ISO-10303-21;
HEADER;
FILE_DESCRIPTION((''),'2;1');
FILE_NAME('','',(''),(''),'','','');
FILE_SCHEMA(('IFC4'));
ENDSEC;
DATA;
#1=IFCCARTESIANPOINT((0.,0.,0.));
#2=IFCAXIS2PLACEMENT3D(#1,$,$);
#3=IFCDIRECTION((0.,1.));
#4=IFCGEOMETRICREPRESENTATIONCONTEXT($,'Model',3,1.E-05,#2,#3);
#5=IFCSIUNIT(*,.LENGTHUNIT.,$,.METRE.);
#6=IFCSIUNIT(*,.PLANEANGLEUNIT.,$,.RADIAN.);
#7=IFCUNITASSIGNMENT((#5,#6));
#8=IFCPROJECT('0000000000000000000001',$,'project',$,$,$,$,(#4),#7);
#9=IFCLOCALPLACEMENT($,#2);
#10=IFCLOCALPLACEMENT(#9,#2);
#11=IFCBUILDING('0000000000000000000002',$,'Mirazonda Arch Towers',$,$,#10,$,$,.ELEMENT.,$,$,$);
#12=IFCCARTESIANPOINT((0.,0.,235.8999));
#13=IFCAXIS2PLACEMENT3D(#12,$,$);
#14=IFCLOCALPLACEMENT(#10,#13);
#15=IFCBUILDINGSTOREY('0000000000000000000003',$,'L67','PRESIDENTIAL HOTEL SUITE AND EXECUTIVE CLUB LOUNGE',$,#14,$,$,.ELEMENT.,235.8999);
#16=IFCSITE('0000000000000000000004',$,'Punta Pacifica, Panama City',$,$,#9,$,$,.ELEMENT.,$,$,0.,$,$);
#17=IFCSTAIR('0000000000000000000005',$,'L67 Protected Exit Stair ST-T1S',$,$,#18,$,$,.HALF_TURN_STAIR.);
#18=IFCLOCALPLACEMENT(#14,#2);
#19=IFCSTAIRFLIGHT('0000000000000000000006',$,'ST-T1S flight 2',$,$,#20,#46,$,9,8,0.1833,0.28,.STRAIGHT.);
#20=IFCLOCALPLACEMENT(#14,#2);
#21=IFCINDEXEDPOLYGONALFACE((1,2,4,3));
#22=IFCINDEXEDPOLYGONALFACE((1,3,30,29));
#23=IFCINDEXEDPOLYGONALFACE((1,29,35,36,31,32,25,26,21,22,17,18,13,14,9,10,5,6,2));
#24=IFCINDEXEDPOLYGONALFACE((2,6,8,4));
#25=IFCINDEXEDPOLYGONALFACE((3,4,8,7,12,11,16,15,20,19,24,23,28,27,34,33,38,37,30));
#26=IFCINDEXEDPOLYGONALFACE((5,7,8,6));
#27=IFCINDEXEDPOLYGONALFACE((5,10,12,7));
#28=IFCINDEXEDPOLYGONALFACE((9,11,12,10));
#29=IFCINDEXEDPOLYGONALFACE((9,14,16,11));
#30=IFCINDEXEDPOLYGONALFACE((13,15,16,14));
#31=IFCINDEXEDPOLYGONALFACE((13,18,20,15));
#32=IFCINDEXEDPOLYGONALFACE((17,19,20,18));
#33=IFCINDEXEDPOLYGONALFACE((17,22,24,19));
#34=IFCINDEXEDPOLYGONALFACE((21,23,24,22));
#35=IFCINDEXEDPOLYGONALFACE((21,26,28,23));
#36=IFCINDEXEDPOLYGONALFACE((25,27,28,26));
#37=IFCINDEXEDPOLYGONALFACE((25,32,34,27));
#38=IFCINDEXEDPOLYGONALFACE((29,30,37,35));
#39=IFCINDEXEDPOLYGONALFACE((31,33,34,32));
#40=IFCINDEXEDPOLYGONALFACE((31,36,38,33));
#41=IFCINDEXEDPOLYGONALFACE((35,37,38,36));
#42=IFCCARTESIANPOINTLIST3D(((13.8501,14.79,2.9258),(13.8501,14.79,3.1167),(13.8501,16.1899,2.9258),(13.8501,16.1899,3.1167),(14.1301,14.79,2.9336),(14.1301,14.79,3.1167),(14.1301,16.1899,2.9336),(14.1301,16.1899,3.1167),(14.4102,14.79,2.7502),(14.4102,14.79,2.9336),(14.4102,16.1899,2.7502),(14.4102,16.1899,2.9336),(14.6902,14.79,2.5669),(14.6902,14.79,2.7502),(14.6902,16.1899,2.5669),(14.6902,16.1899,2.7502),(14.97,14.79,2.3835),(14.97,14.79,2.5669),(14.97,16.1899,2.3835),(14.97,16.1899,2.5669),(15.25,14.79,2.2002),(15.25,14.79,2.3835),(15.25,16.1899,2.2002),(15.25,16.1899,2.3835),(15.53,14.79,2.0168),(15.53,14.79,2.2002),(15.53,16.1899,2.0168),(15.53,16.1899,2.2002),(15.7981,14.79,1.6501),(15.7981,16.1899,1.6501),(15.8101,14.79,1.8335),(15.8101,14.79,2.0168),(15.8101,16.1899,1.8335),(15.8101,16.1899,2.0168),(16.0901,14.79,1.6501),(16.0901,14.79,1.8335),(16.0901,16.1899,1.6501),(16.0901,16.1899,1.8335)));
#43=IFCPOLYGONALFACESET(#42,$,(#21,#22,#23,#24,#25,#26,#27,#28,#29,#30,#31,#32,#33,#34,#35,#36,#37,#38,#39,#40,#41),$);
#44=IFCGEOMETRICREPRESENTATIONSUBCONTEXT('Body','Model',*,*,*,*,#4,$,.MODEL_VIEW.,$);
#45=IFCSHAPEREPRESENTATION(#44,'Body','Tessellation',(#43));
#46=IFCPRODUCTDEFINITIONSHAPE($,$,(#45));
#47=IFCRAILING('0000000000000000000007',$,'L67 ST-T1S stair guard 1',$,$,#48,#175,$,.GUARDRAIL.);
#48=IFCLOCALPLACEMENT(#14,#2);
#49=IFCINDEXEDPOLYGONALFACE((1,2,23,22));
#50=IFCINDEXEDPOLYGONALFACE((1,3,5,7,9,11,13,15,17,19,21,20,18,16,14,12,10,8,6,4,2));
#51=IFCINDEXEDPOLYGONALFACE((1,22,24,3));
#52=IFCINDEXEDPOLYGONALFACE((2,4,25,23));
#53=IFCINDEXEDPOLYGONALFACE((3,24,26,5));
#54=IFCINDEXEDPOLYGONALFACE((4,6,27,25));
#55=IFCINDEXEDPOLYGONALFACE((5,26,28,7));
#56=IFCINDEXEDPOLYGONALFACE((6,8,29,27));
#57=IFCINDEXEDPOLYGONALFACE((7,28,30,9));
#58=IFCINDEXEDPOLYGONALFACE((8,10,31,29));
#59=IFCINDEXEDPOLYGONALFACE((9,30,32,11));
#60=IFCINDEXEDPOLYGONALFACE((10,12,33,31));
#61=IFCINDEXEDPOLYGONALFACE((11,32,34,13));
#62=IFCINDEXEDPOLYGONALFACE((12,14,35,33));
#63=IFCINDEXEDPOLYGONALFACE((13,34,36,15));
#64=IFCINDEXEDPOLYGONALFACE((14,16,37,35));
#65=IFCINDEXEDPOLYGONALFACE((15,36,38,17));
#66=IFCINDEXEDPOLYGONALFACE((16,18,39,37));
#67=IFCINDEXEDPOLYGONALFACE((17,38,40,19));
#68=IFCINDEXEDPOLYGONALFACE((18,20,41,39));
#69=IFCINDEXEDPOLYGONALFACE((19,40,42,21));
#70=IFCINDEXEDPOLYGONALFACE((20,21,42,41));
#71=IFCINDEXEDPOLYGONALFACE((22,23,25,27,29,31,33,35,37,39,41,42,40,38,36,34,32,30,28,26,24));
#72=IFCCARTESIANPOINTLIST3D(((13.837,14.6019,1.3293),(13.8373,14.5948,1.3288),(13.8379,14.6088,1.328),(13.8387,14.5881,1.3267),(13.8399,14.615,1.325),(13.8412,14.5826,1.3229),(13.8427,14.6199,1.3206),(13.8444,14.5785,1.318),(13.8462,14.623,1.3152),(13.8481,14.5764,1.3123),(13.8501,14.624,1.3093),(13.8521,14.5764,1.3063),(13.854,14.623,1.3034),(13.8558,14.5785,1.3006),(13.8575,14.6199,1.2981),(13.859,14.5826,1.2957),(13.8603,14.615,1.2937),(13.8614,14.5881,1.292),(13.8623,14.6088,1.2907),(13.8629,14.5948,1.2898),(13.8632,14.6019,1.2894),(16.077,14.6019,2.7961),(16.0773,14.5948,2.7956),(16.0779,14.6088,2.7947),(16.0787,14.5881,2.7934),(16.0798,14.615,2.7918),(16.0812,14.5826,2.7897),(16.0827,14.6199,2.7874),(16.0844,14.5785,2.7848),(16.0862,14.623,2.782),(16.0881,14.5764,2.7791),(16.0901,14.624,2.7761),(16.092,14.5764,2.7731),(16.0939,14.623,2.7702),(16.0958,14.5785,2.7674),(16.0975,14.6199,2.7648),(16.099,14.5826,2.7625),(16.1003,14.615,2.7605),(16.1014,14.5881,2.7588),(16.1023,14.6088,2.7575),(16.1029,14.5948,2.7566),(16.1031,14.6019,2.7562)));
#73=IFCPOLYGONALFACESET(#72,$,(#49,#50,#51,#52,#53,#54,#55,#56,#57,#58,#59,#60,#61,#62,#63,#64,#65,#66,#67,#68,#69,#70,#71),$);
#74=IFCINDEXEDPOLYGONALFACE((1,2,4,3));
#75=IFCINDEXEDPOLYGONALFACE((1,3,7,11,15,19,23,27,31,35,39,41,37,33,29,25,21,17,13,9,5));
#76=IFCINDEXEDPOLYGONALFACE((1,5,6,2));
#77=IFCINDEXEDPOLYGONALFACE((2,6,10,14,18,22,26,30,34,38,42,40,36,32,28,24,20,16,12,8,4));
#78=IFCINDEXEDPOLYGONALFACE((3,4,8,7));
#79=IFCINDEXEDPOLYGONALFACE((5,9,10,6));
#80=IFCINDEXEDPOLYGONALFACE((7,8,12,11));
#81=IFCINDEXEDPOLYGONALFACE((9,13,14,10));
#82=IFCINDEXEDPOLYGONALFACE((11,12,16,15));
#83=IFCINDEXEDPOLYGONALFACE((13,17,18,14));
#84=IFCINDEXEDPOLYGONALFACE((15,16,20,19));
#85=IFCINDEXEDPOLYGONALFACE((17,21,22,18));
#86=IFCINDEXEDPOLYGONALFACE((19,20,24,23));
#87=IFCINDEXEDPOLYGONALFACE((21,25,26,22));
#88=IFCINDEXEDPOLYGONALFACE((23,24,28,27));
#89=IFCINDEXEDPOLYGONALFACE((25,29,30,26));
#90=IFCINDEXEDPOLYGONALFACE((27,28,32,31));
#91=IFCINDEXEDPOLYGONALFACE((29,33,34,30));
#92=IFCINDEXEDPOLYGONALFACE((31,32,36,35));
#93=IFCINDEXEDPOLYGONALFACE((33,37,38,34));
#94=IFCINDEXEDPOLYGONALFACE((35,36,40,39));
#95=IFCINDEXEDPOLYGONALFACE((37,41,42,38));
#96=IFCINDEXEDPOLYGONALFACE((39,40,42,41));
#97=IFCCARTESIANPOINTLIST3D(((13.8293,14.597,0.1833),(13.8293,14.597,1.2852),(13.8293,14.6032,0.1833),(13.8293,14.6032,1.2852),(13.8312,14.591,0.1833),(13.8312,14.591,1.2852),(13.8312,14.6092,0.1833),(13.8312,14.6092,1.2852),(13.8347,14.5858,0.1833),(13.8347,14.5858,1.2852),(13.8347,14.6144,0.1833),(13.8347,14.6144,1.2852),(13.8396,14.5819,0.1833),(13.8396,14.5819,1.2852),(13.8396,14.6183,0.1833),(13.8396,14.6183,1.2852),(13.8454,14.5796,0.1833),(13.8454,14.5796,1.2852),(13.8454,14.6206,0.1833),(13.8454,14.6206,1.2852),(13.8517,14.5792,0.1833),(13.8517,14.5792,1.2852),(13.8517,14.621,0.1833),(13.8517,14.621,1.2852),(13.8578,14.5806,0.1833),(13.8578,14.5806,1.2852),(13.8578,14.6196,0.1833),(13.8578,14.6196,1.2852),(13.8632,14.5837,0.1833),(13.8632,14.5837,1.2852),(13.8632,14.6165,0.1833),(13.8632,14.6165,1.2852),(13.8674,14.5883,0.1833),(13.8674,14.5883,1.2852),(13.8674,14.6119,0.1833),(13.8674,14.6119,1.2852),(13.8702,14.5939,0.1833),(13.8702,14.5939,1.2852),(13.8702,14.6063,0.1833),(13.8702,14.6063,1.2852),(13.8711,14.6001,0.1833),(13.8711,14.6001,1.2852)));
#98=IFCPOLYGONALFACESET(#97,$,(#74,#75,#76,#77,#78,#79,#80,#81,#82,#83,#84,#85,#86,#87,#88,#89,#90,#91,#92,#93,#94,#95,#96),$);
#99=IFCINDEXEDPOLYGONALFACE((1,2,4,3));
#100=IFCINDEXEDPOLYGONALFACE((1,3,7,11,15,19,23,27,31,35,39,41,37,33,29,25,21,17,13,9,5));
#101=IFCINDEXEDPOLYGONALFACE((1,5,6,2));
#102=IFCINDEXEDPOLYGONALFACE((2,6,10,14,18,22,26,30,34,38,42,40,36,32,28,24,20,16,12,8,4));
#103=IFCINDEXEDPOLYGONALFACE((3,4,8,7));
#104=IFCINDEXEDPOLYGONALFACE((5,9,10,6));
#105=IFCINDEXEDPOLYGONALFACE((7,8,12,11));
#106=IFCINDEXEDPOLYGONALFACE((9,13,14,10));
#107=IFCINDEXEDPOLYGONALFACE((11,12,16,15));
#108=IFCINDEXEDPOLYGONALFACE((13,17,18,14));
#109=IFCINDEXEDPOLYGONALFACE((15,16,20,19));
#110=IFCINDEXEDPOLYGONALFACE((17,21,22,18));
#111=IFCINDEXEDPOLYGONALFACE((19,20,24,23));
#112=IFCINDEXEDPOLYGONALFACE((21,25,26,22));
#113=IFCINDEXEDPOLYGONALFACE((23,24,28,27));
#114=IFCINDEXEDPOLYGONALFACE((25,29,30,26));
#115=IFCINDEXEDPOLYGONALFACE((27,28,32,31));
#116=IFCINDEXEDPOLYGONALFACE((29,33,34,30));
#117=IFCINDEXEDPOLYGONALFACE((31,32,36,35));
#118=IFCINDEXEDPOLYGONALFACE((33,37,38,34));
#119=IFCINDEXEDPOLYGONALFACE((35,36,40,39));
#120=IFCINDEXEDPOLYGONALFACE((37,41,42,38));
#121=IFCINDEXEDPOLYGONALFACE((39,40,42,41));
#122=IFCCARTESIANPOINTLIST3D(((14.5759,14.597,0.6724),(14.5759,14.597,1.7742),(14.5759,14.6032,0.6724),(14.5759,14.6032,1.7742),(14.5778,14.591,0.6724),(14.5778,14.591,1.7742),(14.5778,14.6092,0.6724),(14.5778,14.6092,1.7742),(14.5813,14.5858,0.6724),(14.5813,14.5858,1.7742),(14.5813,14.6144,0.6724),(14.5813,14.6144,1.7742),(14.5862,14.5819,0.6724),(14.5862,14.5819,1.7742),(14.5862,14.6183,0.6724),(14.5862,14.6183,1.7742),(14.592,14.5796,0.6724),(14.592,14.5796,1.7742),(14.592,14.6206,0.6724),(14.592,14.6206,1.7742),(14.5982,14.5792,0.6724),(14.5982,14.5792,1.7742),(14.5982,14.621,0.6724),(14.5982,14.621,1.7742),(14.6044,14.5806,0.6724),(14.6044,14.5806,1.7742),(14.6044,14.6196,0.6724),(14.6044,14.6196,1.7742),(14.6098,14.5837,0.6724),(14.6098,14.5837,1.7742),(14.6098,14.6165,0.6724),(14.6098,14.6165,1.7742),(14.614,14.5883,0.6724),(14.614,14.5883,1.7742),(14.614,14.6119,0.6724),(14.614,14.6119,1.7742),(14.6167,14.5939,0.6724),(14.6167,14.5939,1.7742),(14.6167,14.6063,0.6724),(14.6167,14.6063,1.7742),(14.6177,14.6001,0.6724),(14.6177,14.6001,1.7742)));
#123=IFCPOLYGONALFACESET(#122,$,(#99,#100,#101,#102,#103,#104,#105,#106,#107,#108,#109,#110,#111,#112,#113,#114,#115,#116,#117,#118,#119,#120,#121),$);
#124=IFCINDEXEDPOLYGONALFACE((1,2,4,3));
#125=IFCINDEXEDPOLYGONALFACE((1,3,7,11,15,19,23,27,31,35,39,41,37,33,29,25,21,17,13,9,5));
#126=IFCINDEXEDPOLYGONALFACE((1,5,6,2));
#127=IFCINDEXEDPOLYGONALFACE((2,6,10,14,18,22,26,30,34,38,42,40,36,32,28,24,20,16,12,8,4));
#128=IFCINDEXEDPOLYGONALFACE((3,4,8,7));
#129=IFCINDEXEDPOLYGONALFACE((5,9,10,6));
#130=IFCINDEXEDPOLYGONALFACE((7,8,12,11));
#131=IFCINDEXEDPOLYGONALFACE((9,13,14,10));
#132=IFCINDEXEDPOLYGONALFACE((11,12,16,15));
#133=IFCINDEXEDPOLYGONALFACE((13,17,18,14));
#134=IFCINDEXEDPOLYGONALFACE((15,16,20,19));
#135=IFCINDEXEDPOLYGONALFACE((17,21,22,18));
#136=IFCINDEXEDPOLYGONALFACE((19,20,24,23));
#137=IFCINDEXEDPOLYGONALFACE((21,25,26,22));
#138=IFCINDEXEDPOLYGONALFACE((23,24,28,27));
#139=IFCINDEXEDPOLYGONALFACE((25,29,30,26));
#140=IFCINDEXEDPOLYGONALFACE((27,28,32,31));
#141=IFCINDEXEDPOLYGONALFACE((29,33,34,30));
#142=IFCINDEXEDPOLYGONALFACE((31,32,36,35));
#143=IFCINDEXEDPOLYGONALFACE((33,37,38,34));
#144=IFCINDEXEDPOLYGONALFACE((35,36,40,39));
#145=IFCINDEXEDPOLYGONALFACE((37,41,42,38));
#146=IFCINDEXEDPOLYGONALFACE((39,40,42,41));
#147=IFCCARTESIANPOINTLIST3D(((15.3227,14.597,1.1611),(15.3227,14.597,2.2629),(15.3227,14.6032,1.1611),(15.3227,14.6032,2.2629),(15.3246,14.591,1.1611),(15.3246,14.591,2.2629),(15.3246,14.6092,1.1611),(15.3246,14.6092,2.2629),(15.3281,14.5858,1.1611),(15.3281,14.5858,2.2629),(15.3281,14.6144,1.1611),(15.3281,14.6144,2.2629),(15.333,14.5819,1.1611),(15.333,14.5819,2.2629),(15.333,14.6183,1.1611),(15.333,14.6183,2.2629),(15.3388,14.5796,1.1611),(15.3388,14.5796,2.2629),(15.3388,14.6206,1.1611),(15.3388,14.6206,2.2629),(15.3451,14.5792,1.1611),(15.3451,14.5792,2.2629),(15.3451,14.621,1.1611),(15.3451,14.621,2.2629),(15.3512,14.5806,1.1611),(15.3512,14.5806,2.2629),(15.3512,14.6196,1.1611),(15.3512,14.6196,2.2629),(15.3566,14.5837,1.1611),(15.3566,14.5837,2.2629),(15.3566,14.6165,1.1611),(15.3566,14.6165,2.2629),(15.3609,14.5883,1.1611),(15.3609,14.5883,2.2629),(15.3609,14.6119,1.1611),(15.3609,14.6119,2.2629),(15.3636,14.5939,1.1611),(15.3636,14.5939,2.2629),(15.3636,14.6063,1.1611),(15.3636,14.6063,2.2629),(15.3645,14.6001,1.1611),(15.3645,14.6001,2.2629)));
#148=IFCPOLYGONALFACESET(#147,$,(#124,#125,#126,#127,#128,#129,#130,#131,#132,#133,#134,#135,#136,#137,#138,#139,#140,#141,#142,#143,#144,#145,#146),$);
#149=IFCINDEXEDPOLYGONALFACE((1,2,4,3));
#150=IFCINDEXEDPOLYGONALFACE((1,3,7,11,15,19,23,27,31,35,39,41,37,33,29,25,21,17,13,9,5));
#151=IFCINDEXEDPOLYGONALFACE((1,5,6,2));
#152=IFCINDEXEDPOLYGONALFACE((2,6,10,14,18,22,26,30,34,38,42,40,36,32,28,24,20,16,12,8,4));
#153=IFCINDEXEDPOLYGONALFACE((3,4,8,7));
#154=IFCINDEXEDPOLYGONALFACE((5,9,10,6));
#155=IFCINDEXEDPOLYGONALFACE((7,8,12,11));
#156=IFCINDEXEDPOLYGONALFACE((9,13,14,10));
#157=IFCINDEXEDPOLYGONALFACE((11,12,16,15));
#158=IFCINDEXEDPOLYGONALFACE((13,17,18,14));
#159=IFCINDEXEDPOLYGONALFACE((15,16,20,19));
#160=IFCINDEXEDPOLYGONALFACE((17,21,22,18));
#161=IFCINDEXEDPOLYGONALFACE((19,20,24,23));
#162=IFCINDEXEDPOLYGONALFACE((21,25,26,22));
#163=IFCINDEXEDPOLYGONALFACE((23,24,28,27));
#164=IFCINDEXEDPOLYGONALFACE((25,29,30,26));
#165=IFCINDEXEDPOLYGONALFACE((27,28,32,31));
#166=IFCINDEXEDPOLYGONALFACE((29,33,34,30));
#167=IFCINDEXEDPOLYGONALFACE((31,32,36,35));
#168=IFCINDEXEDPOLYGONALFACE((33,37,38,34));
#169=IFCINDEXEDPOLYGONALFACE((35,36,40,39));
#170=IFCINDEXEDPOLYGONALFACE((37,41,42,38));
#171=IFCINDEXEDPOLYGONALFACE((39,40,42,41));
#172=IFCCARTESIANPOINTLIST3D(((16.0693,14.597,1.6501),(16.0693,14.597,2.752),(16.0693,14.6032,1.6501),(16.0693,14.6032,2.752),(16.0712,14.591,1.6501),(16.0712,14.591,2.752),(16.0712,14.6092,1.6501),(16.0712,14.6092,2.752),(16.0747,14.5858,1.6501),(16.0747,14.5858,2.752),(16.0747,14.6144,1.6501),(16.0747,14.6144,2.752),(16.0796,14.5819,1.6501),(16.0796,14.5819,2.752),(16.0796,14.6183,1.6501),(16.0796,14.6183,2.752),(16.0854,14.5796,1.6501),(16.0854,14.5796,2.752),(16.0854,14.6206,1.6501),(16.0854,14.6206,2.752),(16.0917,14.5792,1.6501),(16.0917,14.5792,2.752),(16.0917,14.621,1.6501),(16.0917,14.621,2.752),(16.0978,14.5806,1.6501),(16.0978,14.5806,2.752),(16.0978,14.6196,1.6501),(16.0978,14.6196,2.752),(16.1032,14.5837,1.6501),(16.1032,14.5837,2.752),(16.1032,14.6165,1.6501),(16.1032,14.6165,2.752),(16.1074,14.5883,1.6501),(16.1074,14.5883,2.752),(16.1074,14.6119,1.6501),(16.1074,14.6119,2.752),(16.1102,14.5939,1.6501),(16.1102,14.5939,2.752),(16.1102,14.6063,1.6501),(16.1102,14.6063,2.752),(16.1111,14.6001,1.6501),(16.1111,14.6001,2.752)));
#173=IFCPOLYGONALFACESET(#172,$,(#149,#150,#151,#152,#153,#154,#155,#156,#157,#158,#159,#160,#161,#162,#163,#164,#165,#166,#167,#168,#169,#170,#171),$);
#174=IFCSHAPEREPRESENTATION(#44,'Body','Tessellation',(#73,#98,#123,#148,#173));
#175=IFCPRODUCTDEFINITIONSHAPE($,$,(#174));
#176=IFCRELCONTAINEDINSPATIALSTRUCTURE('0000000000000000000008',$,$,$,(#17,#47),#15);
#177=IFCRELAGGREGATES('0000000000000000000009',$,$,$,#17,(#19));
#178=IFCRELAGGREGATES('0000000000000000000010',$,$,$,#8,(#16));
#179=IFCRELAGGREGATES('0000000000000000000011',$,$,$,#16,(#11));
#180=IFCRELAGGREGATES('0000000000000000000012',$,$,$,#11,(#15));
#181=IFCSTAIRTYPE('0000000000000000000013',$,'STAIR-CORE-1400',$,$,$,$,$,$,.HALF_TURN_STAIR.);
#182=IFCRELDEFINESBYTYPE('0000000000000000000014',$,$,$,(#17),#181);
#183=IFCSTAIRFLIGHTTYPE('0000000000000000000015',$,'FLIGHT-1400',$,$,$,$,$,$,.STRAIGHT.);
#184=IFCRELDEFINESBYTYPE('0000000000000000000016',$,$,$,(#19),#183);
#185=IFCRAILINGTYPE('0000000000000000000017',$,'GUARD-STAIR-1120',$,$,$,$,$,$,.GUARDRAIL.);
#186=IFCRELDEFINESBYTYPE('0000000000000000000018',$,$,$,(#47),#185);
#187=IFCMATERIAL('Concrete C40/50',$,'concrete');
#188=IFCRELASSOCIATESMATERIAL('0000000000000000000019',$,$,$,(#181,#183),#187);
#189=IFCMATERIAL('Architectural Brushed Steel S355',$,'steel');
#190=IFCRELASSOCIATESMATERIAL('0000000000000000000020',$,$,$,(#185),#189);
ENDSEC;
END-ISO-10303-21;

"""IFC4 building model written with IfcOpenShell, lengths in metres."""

from ifc_helpers import new_model, si_unit, direction, frame, origin, origin_2d, place, context, subcontext, project, spatial, polyline, circle, outline, extrude, material, type_object, element, aggregate, save


model = new_model("IFC4")

# Units and contexts
model_context = context("Model", 3, precision=1e-05, world=origin(), true_north=direction((0.0, 1.0)))
body_context = subcontext(model_context, "Body", "Model", "MODEL_VIEW")
ifc_project = project(units=[si_unit("LENGTHUNIT", "METRE"), si_unit("PLANEANGLEUNIT", "RADIAN")], contexts=[model_context])

# Site, building, storey
site_placement = place(None, origin())
site = spatial("IfcSite", under=ifc_project, at=site_placement, Name="Punta Pacifica, Panama City", CompositionType="ELEMENT", RefElevation=0.0)
building_placement = place(site_placement, origin())
building = spatial("IfcBuilding", under=site, at=building_placement, Name="Mirazonda Arch Towers", CompositionType="ELEMENT")
storey_placement = place(building_placement, frame((0.0, 0.0, 235.8999)))
storey = spatial("IfcBuildingStorey", under=building, at=storey_placement, Name="L67", Description="PRESIDENTIAL HOTEL SUITE AND EXECUTIVE CLUB LOUNGE", CompositionType="ELEMENT", Elevation=235.8999)

# Stair, stair flight
ifc_material_1 = material(Name="Concrete C40/50", Category="concrete")
stair_type = type_object("IfcStairType", Name="STAIR-CORE-1400", PredefinedType="HALF_TURN_STAIR", material=ifc_material_1)
stair_placement = place(storey_placement, origin())
stair = element("IfcStair", 1, at=stair_placement, inside=storey, type_object=stair_type, Name="L67 Protected Exit Stair ST-T1S", PredefinedType="HALF_TURN_STAIR")
stair_flight_type = type_object("IfcStairFlightType", Name="FLIGHT-1400", PredefinedType="STRAIGHT", material=ifc_material_1)
stair_flight_1_placement = place(storey_placement, frame((16.0901, 15.49, 1.6501), z_axis=(0.0, 0.0, 1.0), x_axis=(-1.0, 0.0, 0.0)))
stair_flight_1 = element("IfcStairFlight", 2, at=stair_flight_1_placement, type_object=stair_flight_type, Name="ST-T1S flight 2", NumberOfRisers=9, NumberOfTreads=8, PredefinedType="STRAIGHT", RiserHeight=0.1833, TreadLength=0.28, context=body_context, shape_type="SweptSolid", body=[
    extrude(outline(polyline([(0.0, 0.0), (0.0, 0.1833), (0.28, 0.1833), (0.28, 0.3667), (0.5601, 0.3667), (0.5601, 0.55), (0.8401, 0.55), (0.8401, 0.7334), (1.1201, 0.7334), (1.1201, 0.9167), (1.3999, 0.9167), (1.3999, 1.1001), (1.6799, 1.1001), (1.6799, 1.2834), (1.96, 1.2834), (1.96, 1.4666), (2.24, 1.4666), (2.24, 1.6499), (2.24, 1.2756), (0.292, 0.0), (0.0, 0.0)])), frame((0.0, 0.7, 0.0), z_axis=(0.0, -1.0, 0.0), x_axis=(1.0, 0.0, 0.0)), (0.0, 0.0, 1.0), 1.3999),
])
aggregate(stair, [stair_flight_1])

# Railing
ifc_material_2 = material(Name="Architectural Brushed Steel S355", Category="steel")
railing_type_1 = type_object("IfcRailingType", Name="GUARD-STAIR-1120", PredefinedType="GUARDRAIL", material=ifc_material_2)
railing_1_placement = place(storey_placement, frame((13.8501, 14.6001, 0.1833)))
element("IfcRailing", 3, at=railing_1_placement, inside=storey, type_object=railing_type_1, Name="L67 ST-T1S stair guard 1", PredefinedType="GUARDRAIL", context=body_context, shape_type="SweptSolid", body=[
    extrude(circle(Radius=0.0239, at=origin_2d()), frame((0.0, 0.0, 1.126), z_axis=(0.836595, 0.0, 0.547822), x_axis=(0.0, 1.0, 0.0)), (0.0, 0.0, 1.0), 2.6775),
    extrude(circle(Radius=0.021, at=origin_2d()), origin(), (0.0, 0.0, 1.0), 1.1018),
    extrude(circle(Radius=0.021, at=origin_2d()), frame((0.7466, 0.0, 0.489)), (0.0, 0.0, 1.0), 1.1018),
    extrude(circle(Radius=0.021, at=origin_2d()), frame((1.4934, 0.0, 0.9778)), (0.0, 0.0, 1.0), 1.1018),
    extrude(circle(Radius=0.021, at=origin_2d()), frame((2.24, 0.0, 1.4668)), (0.0, 0.0, 1.0), 1.1018),
])

save(model, "model.ifc")
